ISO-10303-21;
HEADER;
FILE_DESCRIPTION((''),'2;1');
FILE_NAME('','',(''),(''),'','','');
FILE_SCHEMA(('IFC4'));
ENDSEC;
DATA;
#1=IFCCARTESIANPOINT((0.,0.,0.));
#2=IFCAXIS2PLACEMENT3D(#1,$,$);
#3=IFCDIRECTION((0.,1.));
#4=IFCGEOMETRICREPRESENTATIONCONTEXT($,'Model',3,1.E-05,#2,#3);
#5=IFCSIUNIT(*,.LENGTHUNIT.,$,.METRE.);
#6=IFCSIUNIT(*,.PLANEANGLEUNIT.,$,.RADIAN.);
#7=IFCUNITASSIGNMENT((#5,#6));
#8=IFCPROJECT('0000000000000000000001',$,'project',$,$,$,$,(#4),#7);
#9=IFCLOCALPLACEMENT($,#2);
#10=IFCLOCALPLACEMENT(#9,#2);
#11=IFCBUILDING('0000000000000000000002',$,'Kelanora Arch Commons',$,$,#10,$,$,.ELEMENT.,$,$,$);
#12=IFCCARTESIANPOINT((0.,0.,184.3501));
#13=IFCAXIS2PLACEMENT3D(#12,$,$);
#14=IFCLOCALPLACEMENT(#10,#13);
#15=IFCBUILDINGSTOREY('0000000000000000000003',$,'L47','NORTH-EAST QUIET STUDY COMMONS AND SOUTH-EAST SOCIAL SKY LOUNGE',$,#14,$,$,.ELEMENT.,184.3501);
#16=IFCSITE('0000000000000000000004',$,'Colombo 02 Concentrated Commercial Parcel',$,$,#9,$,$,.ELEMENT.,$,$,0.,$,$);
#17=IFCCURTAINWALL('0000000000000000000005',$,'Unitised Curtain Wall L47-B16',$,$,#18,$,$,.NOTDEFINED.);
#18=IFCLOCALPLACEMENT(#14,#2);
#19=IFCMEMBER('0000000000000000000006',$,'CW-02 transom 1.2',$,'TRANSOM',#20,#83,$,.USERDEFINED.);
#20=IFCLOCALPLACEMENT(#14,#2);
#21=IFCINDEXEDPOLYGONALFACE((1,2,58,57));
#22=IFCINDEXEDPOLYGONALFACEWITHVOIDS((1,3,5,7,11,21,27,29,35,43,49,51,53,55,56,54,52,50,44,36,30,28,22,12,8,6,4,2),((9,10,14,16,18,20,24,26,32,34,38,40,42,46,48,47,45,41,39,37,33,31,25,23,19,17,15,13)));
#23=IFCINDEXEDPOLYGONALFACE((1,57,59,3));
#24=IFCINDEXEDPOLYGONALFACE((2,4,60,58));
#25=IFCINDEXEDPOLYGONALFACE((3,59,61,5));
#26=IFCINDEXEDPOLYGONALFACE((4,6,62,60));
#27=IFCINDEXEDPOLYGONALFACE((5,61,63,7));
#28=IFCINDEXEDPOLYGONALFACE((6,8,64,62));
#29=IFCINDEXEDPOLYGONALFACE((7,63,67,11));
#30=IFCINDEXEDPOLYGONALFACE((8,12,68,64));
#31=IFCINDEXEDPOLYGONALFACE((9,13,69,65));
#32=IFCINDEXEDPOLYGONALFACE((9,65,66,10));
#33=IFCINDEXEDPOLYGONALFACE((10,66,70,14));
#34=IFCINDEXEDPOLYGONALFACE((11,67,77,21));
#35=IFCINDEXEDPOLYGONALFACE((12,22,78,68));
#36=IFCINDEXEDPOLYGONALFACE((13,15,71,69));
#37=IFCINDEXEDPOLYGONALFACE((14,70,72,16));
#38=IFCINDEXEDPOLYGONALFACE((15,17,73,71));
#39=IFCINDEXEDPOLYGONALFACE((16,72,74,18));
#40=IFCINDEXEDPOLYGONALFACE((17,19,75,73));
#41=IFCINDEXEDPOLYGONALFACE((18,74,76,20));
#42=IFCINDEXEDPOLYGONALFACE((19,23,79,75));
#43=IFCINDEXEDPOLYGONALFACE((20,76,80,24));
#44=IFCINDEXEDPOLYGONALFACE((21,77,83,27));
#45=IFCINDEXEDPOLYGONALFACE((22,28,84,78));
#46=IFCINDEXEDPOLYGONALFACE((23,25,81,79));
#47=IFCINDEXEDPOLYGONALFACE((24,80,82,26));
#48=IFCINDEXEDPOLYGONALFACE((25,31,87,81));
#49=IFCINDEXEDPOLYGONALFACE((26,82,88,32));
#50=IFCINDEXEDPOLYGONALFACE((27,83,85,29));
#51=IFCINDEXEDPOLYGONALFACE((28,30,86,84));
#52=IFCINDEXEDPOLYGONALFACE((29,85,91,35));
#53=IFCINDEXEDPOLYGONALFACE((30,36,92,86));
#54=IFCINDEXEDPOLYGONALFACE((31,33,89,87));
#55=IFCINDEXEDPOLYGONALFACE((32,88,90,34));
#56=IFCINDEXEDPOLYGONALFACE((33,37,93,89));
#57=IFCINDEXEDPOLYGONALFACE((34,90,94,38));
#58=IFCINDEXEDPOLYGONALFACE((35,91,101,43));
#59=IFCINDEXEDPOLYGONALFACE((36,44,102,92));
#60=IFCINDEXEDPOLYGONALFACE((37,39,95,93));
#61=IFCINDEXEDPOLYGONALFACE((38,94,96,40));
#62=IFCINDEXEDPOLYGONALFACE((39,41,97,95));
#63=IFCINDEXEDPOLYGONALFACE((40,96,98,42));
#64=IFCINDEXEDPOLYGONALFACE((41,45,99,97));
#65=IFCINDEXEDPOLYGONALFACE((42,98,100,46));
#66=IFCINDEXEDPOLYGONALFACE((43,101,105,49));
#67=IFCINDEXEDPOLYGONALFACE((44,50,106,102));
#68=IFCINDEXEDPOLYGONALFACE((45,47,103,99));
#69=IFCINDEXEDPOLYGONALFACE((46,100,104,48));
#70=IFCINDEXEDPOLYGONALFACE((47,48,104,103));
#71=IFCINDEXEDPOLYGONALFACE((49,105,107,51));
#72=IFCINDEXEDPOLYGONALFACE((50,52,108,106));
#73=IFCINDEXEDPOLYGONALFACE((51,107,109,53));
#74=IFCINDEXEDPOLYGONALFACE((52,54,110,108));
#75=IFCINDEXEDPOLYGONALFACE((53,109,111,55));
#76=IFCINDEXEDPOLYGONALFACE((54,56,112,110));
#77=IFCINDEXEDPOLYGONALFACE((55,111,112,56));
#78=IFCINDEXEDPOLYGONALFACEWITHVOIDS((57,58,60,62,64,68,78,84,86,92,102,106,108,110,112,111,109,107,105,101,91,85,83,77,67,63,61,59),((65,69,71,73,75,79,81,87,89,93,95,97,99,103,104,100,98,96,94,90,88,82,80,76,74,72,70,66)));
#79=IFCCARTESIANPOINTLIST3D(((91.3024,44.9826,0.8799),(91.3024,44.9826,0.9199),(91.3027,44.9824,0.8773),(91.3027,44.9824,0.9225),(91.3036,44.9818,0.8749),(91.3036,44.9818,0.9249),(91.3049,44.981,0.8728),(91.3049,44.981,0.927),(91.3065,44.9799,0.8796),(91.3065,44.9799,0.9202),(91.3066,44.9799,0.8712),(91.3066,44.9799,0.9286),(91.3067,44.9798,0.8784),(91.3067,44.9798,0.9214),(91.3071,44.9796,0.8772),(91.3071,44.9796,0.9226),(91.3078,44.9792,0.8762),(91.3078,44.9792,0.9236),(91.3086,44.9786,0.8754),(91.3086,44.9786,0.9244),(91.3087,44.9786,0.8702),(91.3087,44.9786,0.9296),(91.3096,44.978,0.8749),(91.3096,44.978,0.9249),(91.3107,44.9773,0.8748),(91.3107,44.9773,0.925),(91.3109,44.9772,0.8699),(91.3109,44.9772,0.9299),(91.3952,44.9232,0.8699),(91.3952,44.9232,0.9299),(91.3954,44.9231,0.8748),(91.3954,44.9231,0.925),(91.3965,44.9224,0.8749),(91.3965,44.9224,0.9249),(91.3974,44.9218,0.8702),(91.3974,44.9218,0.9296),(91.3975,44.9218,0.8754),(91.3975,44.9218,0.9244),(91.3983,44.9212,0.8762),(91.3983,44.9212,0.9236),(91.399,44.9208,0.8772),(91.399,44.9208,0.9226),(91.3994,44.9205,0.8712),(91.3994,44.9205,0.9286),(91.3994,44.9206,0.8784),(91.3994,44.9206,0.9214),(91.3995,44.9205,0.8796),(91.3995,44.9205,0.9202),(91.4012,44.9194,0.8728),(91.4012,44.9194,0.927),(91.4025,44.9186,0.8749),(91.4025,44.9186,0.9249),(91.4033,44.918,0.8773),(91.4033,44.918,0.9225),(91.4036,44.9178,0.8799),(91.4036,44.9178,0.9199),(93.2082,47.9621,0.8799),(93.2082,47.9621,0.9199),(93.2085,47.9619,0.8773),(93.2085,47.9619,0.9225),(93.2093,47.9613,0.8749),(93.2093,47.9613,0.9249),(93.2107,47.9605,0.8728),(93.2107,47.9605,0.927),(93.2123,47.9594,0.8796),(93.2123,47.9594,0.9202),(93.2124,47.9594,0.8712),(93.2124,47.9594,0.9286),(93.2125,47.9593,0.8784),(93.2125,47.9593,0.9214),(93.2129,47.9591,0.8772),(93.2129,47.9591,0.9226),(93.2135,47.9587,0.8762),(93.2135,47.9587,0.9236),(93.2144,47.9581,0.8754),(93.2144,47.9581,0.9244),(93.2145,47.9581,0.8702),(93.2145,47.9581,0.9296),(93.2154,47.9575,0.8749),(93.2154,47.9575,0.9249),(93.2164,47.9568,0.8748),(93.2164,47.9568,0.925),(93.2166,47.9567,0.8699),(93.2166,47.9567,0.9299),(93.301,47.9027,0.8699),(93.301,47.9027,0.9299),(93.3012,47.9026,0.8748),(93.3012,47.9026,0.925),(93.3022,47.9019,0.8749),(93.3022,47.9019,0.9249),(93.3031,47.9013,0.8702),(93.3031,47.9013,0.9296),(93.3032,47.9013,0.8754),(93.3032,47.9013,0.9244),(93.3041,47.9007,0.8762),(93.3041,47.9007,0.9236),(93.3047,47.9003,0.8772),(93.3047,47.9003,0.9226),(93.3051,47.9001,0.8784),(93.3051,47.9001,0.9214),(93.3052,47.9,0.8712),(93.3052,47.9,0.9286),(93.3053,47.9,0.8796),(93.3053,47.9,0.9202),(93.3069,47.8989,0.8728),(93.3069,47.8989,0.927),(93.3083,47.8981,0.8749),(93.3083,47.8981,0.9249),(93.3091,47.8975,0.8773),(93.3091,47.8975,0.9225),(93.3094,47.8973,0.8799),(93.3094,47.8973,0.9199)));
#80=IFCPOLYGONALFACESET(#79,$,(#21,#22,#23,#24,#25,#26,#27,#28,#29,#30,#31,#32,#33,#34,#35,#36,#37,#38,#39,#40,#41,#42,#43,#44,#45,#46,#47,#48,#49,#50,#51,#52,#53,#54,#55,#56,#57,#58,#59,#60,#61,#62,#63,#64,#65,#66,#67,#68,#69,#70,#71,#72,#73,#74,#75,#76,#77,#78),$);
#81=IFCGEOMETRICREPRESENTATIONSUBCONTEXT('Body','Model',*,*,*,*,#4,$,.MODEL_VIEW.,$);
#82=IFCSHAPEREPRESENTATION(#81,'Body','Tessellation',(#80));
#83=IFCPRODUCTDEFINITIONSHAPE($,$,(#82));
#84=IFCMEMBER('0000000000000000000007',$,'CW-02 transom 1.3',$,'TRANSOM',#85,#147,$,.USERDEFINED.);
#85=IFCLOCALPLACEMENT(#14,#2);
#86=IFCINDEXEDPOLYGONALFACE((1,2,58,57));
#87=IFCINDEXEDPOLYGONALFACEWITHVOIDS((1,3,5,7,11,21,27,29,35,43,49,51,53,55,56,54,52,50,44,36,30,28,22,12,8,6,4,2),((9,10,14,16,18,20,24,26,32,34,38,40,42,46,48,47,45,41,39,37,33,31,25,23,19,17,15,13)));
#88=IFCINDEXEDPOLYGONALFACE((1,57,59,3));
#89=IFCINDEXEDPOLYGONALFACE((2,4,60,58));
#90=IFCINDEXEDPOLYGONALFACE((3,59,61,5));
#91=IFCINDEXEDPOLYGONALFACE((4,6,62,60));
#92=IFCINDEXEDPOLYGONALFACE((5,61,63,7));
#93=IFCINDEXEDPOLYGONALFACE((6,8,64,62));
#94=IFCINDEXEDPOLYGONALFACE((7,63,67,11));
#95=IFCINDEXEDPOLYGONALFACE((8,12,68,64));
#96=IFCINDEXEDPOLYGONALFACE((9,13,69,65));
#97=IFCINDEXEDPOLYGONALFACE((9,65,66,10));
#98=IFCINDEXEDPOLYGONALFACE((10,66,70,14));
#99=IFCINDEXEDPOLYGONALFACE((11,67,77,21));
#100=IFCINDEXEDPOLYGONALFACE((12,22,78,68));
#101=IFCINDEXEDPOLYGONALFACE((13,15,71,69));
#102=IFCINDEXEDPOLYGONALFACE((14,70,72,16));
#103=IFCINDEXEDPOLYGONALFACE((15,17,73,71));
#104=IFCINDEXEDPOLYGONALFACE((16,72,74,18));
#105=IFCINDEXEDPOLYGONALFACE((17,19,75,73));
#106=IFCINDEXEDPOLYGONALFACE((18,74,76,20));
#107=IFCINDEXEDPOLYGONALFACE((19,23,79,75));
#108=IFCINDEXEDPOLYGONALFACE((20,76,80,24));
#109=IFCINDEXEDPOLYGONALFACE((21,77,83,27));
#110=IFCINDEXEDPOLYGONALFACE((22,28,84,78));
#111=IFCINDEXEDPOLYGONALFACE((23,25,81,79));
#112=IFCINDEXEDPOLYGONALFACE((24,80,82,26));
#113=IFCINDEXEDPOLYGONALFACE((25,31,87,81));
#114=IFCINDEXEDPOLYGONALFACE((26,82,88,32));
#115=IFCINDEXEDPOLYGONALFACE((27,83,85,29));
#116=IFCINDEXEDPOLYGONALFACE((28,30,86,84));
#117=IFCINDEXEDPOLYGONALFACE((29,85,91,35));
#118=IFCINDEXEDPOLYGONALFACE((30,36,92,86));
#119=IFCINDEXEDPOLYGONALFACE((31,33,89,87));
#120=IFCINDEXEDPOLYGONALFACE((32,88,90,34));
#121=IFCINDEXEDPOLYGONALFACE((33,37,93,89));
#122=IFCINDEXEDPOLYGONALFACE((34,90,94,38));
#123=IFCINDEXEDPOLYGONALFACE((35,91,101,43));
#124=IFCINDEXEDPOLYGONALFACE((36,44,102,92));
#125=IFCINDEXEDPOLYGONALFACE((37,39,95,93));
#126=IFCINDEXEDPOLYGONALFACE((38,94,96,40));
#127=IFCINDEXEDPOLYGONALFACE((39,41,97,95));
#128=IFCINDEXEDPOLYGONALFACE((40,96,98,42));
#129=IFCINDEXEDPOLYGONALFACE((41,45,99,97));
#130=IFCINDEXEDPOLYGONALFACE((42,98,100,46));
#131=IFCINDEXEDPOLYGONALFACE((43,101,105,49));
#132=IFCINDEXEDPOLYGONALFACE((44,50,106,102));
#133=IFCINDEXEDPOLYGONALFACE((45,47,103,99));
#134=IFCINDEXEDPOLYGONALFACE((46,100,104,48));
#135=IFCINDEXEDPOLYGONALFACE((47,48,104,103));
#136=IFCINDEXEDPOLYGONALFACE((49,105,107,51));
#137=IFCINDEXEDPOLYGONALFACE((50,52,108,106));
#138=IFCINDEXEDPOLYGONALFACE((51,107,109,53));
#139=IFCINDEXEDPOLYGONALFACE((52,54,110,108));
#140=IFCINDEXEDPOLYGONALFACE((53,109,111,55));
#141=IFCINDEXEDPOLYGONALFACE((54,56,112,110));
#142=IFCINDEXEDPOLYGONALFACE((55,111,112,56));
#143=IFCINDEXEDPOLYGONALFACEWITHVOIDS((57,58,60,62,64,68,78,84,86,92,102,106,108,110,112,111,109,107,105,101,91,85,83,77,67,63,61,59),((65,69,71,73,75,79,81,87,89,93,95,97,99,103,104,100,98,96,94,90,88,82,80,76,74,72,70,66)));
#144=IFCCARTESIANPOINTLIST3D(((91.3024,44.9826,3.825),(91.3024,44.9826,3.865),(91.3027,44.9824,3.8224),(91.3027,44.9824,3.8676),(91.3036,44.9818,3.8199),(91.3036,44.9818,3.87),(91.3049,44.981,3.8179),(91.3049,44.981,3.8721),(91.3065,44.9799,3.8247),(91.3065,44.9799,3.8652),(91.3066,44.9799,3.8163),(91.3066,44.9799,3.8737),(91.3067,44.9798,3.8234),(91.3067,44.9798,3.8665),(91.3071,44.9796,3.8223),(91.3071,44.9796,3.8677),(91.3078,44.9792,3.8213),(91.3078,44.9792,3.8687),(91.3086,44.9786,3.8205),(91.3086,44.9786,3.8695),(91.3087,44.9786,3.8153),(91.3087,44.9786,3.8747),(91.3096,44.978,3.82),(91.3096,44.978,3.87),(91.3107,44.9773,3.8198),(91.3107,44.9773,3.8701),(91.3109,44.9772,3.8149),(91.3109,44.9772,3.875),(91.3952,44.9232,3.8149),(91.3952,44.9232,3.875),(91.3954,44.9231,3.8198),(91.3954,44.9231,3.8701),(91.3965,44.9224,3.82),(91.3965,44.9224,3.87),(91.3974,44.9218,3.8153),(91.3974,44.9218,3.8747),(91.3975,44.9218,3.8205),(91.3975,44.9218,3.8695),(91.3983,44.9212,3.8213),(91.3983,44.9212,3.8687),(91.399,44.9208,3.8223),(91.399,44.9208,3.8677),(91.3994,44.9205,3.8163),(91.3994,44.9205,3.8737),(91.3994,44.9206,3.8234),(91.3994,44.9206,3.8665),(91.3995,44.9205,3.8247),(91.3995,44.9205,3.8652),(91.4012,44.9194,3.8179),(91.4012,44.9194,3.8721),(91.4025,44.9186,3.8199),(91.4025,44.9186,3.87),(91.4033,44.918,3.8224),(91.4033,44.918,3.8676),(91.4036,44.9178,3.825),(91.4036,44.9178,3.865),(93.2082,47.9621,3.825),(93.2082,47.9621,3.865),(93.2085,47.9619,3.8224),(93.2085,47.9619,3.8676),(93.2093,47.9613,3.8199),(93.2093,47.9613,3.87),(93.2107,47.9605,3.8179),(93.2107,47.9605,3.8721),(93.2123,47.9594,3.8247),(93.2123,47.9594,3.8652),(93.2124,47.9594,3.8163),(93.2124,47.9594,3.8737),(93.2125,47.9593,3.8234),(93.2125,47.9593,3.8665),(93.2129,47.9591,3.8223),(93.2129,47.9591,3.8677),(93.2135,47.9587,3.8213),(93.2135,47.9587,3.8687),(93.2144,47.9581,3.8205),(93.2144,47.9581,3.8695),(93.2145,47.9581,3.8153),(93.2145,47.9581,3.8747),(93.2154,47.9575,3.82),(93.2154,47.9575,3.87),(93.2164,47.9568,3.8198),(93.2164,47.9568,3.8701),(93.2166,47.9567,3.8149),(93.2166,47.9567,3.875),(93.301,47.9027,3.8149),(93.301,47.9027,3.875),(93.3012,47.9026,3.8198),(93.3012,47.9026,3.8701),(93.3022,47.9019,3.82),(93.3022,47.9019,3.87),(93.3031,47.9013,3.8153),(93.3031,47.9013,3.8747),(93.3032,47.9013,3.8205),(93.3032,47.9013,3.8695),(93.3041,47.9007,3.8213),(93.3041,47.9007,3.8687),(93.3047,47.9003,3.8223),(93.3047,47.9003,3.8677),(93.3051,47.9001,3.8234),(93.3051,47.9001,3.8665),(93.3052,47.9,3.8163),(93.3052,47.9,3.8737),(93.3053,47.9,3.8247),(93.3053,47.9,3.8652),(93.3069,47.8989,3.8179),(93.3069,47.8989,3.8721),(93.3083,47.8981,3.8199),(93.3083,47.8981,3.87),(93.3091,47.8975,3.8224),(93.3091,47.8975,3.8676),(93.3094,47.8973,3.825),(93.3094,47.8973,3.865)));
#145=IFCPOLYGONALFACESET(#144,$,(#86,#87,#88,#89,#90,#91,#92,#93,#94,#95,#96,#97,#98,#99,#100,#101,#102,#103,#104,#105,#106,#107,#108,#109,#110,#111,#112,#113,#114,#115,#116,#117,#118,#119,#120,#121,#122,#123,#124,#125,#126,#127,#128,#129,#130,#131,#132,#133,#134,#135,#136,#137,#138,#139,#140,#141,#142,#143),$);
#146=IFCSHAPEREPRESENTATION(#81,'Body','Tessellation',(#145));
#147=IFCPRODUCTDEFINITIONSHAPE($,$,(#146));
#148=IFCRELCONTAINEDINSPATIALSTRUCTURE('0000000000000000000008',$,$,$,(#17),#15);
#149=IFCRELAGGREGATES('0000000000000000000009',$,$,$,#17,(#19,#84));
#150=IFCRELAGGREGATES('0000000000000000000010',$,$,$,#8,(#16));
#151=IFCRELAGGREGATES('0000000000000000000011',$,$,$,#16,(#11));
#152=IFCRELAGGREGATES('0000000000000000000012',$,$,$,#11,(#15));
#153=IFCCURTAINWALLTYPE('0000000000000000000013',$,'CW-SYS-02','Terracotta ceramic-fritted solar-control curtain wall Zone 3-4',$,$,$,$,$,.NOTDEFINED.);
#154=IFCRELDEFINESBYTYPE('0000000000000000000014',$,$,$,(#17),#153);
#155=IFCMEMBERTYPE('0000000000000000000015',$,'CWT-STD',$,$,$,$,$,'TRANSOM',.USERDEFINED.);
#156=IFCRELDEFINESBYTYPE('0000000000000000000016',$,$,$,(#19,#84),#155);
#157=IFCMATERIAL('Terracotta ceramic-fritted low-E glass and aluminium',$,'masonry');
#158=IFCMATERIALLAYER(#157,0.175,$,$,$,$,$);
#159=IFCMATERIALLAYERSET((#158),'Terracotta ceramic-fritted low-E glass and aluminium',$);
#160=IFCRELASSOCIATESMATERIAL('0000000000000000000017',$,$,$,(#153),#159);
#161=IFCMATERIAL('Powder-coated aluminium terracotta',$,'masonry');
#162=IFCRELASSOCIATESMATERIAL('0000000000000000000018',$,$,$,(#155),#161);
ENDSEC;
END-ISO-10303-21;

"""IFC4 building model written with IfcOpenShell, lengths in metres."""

from ifc_helpers import new_model, si_unit, direction, frame, origin, origin_2d, place, context, subcontext, project, spatial, hollow_rectangle, extrude, material, layer, layer_set, material_profile, profile_set, type_object, element, aggregate, save


model = new_model("IFC4")

# Units and contexts
model_context = context("Model", 3, precision=1e-05, world=origin(), true_north=direction((0.0, 1.0)))
body_context = subcontext(model_context, "Body", "Model", "MODEL_VIEW")
ifc_project = project(units=[si_unit("LENGTHUNIT", "METRE"), si_unit("PLANEANGLEUNIT", "RADIAN")], contexts=[model_context])

# Site, building, storey
site_placement = place(None, origin())
site = spatial("IfcSite", under=ifc_project, at=site_placement, Name="Colombo 02 Concentrated Commercial Parcel", CompositionType="ELEMENT", RefElevation=0.0)
building_placement = place(site_placement, origin())
building = spatial("IfcBuilding", under=site, at=building_placement, Name="Kelanora Arch Commons", CompositionType="ELEMENT")
storey_placement = place(building_placement, frame((0.0, 0.0, 184.3501)))
storey = spatial("IfcBuildingStorey", under=building, at=storey_placement, Name="L47", Description="NORTH-EAST QUIET STUDY COMMONS AND SOUTH-EAST SOCIAL SKY LOUNGE", CompositionType="ELEMENT", Elevation=184.3501)

# Shared definitions
ifc_material_1 = material(Name="Terracotta ceramic-fritted low-E glass and aluminium", Category="masonry")
ifc_layer_1 = layer(ifc_material_1, 0.175)
ifc_layer_set_1 = layer_set([ifc_layer_1], Name="Terracotta ceramic-fritted low-E glass and aluminium")
curtain_wall_type = type_object("IfcCurtainWallType", Name="CW-SYS-02", Description="Terracotta ceramic-fritted solar-control curtain wall Zone 3-4", PredefinedType="NOTDEFINED", material=ifc_layer_set_1)
ifc_material_2 = material(Name="Powder-coated aluminium terracotta", Category="masonry")

# Curtain wall, members
curtain_wall_1_placement = place(storey_placement, origin())
curtain_wall_1 = element("IfcCurtainWall", 1, at=curtain_wall_1_placement, inside=storey, type_object=curtain_wall_type, Name="Unitised Curtain Wall L47-B16", PredefinedType="NOTDEFINED")
ifc_material_profile_1 = material_profile(ifc_material_2, hollow_rectangle(XDim=0.1201, YDim=0.0601, WallThickness=0.0049, InnerFilletRadius=0.0049, OuterFilletRadius=0.01, at=origin_2d()), Name="CWT120x60")
ifc_profile_set_1 = profile_set([ifc_material_profile_1], Name="Powder-coated aluminium terracotta")
member_type_1 = type_object("IfcMemberType", Name="CWT-STD", ElementType="TRANSOM", PredefinedType="USERDEFINED", material=ifc_profile_set_1)
member_1_placement = place(storey_placement, frame((91.353, 44.9502, 0.8999), z_axis=(0.53883, 0.842414, 0.0), x_axis=(-0.842414, 0.53883, 0.0)))
member_1 = element("IfcMember", 2, at=member_1_placement, type_object=member_type_1, Name="CW-02 transom 1.2", ObjectType="TRANSOM", PredefinedType="USERDEFINED", context=body_context, shape_type="SweptSolid", body=[
    extrude(hollow_rectangle(XDim=0.1201, YDim=0.0601, WallThickness=0.0049, InnerFilletRadius=0.0049, OuterFilletRadius=0.01, at=origin_2d()), origin(), (0.0, 0.0, 1.0), 3.5369),
])
member_2_placement = place(storey_placement, frame((91.353, 44.9502, 3.845), z_axis=(0.53883, 0.842414, 0.0), x_axis=(-0.842414, 0.53883, 0.0)))
member_2 = element("IfcMember", 3, at=member_2_placement, type_object=member_type_1, Name="CW-02 transom 1.3", ObjectType="TRANSOM", PredefinedType="USERDEFINED", context=body_context, shape_type="SweptSolid", body=[
    extrude(hollow_rectangle(XDim=0.1201, YDim=0.0601, WallThickness=0.0049, InnerFilletRadius=0.0049, OuterFilletRadius=0.01, at=origin_2d()), origin(), (0.0, 0.0, 1.0), 3.5369),
])

aggregate(curtain_wall_1, [member_1, member_2])

save(model, "model.ifc")
